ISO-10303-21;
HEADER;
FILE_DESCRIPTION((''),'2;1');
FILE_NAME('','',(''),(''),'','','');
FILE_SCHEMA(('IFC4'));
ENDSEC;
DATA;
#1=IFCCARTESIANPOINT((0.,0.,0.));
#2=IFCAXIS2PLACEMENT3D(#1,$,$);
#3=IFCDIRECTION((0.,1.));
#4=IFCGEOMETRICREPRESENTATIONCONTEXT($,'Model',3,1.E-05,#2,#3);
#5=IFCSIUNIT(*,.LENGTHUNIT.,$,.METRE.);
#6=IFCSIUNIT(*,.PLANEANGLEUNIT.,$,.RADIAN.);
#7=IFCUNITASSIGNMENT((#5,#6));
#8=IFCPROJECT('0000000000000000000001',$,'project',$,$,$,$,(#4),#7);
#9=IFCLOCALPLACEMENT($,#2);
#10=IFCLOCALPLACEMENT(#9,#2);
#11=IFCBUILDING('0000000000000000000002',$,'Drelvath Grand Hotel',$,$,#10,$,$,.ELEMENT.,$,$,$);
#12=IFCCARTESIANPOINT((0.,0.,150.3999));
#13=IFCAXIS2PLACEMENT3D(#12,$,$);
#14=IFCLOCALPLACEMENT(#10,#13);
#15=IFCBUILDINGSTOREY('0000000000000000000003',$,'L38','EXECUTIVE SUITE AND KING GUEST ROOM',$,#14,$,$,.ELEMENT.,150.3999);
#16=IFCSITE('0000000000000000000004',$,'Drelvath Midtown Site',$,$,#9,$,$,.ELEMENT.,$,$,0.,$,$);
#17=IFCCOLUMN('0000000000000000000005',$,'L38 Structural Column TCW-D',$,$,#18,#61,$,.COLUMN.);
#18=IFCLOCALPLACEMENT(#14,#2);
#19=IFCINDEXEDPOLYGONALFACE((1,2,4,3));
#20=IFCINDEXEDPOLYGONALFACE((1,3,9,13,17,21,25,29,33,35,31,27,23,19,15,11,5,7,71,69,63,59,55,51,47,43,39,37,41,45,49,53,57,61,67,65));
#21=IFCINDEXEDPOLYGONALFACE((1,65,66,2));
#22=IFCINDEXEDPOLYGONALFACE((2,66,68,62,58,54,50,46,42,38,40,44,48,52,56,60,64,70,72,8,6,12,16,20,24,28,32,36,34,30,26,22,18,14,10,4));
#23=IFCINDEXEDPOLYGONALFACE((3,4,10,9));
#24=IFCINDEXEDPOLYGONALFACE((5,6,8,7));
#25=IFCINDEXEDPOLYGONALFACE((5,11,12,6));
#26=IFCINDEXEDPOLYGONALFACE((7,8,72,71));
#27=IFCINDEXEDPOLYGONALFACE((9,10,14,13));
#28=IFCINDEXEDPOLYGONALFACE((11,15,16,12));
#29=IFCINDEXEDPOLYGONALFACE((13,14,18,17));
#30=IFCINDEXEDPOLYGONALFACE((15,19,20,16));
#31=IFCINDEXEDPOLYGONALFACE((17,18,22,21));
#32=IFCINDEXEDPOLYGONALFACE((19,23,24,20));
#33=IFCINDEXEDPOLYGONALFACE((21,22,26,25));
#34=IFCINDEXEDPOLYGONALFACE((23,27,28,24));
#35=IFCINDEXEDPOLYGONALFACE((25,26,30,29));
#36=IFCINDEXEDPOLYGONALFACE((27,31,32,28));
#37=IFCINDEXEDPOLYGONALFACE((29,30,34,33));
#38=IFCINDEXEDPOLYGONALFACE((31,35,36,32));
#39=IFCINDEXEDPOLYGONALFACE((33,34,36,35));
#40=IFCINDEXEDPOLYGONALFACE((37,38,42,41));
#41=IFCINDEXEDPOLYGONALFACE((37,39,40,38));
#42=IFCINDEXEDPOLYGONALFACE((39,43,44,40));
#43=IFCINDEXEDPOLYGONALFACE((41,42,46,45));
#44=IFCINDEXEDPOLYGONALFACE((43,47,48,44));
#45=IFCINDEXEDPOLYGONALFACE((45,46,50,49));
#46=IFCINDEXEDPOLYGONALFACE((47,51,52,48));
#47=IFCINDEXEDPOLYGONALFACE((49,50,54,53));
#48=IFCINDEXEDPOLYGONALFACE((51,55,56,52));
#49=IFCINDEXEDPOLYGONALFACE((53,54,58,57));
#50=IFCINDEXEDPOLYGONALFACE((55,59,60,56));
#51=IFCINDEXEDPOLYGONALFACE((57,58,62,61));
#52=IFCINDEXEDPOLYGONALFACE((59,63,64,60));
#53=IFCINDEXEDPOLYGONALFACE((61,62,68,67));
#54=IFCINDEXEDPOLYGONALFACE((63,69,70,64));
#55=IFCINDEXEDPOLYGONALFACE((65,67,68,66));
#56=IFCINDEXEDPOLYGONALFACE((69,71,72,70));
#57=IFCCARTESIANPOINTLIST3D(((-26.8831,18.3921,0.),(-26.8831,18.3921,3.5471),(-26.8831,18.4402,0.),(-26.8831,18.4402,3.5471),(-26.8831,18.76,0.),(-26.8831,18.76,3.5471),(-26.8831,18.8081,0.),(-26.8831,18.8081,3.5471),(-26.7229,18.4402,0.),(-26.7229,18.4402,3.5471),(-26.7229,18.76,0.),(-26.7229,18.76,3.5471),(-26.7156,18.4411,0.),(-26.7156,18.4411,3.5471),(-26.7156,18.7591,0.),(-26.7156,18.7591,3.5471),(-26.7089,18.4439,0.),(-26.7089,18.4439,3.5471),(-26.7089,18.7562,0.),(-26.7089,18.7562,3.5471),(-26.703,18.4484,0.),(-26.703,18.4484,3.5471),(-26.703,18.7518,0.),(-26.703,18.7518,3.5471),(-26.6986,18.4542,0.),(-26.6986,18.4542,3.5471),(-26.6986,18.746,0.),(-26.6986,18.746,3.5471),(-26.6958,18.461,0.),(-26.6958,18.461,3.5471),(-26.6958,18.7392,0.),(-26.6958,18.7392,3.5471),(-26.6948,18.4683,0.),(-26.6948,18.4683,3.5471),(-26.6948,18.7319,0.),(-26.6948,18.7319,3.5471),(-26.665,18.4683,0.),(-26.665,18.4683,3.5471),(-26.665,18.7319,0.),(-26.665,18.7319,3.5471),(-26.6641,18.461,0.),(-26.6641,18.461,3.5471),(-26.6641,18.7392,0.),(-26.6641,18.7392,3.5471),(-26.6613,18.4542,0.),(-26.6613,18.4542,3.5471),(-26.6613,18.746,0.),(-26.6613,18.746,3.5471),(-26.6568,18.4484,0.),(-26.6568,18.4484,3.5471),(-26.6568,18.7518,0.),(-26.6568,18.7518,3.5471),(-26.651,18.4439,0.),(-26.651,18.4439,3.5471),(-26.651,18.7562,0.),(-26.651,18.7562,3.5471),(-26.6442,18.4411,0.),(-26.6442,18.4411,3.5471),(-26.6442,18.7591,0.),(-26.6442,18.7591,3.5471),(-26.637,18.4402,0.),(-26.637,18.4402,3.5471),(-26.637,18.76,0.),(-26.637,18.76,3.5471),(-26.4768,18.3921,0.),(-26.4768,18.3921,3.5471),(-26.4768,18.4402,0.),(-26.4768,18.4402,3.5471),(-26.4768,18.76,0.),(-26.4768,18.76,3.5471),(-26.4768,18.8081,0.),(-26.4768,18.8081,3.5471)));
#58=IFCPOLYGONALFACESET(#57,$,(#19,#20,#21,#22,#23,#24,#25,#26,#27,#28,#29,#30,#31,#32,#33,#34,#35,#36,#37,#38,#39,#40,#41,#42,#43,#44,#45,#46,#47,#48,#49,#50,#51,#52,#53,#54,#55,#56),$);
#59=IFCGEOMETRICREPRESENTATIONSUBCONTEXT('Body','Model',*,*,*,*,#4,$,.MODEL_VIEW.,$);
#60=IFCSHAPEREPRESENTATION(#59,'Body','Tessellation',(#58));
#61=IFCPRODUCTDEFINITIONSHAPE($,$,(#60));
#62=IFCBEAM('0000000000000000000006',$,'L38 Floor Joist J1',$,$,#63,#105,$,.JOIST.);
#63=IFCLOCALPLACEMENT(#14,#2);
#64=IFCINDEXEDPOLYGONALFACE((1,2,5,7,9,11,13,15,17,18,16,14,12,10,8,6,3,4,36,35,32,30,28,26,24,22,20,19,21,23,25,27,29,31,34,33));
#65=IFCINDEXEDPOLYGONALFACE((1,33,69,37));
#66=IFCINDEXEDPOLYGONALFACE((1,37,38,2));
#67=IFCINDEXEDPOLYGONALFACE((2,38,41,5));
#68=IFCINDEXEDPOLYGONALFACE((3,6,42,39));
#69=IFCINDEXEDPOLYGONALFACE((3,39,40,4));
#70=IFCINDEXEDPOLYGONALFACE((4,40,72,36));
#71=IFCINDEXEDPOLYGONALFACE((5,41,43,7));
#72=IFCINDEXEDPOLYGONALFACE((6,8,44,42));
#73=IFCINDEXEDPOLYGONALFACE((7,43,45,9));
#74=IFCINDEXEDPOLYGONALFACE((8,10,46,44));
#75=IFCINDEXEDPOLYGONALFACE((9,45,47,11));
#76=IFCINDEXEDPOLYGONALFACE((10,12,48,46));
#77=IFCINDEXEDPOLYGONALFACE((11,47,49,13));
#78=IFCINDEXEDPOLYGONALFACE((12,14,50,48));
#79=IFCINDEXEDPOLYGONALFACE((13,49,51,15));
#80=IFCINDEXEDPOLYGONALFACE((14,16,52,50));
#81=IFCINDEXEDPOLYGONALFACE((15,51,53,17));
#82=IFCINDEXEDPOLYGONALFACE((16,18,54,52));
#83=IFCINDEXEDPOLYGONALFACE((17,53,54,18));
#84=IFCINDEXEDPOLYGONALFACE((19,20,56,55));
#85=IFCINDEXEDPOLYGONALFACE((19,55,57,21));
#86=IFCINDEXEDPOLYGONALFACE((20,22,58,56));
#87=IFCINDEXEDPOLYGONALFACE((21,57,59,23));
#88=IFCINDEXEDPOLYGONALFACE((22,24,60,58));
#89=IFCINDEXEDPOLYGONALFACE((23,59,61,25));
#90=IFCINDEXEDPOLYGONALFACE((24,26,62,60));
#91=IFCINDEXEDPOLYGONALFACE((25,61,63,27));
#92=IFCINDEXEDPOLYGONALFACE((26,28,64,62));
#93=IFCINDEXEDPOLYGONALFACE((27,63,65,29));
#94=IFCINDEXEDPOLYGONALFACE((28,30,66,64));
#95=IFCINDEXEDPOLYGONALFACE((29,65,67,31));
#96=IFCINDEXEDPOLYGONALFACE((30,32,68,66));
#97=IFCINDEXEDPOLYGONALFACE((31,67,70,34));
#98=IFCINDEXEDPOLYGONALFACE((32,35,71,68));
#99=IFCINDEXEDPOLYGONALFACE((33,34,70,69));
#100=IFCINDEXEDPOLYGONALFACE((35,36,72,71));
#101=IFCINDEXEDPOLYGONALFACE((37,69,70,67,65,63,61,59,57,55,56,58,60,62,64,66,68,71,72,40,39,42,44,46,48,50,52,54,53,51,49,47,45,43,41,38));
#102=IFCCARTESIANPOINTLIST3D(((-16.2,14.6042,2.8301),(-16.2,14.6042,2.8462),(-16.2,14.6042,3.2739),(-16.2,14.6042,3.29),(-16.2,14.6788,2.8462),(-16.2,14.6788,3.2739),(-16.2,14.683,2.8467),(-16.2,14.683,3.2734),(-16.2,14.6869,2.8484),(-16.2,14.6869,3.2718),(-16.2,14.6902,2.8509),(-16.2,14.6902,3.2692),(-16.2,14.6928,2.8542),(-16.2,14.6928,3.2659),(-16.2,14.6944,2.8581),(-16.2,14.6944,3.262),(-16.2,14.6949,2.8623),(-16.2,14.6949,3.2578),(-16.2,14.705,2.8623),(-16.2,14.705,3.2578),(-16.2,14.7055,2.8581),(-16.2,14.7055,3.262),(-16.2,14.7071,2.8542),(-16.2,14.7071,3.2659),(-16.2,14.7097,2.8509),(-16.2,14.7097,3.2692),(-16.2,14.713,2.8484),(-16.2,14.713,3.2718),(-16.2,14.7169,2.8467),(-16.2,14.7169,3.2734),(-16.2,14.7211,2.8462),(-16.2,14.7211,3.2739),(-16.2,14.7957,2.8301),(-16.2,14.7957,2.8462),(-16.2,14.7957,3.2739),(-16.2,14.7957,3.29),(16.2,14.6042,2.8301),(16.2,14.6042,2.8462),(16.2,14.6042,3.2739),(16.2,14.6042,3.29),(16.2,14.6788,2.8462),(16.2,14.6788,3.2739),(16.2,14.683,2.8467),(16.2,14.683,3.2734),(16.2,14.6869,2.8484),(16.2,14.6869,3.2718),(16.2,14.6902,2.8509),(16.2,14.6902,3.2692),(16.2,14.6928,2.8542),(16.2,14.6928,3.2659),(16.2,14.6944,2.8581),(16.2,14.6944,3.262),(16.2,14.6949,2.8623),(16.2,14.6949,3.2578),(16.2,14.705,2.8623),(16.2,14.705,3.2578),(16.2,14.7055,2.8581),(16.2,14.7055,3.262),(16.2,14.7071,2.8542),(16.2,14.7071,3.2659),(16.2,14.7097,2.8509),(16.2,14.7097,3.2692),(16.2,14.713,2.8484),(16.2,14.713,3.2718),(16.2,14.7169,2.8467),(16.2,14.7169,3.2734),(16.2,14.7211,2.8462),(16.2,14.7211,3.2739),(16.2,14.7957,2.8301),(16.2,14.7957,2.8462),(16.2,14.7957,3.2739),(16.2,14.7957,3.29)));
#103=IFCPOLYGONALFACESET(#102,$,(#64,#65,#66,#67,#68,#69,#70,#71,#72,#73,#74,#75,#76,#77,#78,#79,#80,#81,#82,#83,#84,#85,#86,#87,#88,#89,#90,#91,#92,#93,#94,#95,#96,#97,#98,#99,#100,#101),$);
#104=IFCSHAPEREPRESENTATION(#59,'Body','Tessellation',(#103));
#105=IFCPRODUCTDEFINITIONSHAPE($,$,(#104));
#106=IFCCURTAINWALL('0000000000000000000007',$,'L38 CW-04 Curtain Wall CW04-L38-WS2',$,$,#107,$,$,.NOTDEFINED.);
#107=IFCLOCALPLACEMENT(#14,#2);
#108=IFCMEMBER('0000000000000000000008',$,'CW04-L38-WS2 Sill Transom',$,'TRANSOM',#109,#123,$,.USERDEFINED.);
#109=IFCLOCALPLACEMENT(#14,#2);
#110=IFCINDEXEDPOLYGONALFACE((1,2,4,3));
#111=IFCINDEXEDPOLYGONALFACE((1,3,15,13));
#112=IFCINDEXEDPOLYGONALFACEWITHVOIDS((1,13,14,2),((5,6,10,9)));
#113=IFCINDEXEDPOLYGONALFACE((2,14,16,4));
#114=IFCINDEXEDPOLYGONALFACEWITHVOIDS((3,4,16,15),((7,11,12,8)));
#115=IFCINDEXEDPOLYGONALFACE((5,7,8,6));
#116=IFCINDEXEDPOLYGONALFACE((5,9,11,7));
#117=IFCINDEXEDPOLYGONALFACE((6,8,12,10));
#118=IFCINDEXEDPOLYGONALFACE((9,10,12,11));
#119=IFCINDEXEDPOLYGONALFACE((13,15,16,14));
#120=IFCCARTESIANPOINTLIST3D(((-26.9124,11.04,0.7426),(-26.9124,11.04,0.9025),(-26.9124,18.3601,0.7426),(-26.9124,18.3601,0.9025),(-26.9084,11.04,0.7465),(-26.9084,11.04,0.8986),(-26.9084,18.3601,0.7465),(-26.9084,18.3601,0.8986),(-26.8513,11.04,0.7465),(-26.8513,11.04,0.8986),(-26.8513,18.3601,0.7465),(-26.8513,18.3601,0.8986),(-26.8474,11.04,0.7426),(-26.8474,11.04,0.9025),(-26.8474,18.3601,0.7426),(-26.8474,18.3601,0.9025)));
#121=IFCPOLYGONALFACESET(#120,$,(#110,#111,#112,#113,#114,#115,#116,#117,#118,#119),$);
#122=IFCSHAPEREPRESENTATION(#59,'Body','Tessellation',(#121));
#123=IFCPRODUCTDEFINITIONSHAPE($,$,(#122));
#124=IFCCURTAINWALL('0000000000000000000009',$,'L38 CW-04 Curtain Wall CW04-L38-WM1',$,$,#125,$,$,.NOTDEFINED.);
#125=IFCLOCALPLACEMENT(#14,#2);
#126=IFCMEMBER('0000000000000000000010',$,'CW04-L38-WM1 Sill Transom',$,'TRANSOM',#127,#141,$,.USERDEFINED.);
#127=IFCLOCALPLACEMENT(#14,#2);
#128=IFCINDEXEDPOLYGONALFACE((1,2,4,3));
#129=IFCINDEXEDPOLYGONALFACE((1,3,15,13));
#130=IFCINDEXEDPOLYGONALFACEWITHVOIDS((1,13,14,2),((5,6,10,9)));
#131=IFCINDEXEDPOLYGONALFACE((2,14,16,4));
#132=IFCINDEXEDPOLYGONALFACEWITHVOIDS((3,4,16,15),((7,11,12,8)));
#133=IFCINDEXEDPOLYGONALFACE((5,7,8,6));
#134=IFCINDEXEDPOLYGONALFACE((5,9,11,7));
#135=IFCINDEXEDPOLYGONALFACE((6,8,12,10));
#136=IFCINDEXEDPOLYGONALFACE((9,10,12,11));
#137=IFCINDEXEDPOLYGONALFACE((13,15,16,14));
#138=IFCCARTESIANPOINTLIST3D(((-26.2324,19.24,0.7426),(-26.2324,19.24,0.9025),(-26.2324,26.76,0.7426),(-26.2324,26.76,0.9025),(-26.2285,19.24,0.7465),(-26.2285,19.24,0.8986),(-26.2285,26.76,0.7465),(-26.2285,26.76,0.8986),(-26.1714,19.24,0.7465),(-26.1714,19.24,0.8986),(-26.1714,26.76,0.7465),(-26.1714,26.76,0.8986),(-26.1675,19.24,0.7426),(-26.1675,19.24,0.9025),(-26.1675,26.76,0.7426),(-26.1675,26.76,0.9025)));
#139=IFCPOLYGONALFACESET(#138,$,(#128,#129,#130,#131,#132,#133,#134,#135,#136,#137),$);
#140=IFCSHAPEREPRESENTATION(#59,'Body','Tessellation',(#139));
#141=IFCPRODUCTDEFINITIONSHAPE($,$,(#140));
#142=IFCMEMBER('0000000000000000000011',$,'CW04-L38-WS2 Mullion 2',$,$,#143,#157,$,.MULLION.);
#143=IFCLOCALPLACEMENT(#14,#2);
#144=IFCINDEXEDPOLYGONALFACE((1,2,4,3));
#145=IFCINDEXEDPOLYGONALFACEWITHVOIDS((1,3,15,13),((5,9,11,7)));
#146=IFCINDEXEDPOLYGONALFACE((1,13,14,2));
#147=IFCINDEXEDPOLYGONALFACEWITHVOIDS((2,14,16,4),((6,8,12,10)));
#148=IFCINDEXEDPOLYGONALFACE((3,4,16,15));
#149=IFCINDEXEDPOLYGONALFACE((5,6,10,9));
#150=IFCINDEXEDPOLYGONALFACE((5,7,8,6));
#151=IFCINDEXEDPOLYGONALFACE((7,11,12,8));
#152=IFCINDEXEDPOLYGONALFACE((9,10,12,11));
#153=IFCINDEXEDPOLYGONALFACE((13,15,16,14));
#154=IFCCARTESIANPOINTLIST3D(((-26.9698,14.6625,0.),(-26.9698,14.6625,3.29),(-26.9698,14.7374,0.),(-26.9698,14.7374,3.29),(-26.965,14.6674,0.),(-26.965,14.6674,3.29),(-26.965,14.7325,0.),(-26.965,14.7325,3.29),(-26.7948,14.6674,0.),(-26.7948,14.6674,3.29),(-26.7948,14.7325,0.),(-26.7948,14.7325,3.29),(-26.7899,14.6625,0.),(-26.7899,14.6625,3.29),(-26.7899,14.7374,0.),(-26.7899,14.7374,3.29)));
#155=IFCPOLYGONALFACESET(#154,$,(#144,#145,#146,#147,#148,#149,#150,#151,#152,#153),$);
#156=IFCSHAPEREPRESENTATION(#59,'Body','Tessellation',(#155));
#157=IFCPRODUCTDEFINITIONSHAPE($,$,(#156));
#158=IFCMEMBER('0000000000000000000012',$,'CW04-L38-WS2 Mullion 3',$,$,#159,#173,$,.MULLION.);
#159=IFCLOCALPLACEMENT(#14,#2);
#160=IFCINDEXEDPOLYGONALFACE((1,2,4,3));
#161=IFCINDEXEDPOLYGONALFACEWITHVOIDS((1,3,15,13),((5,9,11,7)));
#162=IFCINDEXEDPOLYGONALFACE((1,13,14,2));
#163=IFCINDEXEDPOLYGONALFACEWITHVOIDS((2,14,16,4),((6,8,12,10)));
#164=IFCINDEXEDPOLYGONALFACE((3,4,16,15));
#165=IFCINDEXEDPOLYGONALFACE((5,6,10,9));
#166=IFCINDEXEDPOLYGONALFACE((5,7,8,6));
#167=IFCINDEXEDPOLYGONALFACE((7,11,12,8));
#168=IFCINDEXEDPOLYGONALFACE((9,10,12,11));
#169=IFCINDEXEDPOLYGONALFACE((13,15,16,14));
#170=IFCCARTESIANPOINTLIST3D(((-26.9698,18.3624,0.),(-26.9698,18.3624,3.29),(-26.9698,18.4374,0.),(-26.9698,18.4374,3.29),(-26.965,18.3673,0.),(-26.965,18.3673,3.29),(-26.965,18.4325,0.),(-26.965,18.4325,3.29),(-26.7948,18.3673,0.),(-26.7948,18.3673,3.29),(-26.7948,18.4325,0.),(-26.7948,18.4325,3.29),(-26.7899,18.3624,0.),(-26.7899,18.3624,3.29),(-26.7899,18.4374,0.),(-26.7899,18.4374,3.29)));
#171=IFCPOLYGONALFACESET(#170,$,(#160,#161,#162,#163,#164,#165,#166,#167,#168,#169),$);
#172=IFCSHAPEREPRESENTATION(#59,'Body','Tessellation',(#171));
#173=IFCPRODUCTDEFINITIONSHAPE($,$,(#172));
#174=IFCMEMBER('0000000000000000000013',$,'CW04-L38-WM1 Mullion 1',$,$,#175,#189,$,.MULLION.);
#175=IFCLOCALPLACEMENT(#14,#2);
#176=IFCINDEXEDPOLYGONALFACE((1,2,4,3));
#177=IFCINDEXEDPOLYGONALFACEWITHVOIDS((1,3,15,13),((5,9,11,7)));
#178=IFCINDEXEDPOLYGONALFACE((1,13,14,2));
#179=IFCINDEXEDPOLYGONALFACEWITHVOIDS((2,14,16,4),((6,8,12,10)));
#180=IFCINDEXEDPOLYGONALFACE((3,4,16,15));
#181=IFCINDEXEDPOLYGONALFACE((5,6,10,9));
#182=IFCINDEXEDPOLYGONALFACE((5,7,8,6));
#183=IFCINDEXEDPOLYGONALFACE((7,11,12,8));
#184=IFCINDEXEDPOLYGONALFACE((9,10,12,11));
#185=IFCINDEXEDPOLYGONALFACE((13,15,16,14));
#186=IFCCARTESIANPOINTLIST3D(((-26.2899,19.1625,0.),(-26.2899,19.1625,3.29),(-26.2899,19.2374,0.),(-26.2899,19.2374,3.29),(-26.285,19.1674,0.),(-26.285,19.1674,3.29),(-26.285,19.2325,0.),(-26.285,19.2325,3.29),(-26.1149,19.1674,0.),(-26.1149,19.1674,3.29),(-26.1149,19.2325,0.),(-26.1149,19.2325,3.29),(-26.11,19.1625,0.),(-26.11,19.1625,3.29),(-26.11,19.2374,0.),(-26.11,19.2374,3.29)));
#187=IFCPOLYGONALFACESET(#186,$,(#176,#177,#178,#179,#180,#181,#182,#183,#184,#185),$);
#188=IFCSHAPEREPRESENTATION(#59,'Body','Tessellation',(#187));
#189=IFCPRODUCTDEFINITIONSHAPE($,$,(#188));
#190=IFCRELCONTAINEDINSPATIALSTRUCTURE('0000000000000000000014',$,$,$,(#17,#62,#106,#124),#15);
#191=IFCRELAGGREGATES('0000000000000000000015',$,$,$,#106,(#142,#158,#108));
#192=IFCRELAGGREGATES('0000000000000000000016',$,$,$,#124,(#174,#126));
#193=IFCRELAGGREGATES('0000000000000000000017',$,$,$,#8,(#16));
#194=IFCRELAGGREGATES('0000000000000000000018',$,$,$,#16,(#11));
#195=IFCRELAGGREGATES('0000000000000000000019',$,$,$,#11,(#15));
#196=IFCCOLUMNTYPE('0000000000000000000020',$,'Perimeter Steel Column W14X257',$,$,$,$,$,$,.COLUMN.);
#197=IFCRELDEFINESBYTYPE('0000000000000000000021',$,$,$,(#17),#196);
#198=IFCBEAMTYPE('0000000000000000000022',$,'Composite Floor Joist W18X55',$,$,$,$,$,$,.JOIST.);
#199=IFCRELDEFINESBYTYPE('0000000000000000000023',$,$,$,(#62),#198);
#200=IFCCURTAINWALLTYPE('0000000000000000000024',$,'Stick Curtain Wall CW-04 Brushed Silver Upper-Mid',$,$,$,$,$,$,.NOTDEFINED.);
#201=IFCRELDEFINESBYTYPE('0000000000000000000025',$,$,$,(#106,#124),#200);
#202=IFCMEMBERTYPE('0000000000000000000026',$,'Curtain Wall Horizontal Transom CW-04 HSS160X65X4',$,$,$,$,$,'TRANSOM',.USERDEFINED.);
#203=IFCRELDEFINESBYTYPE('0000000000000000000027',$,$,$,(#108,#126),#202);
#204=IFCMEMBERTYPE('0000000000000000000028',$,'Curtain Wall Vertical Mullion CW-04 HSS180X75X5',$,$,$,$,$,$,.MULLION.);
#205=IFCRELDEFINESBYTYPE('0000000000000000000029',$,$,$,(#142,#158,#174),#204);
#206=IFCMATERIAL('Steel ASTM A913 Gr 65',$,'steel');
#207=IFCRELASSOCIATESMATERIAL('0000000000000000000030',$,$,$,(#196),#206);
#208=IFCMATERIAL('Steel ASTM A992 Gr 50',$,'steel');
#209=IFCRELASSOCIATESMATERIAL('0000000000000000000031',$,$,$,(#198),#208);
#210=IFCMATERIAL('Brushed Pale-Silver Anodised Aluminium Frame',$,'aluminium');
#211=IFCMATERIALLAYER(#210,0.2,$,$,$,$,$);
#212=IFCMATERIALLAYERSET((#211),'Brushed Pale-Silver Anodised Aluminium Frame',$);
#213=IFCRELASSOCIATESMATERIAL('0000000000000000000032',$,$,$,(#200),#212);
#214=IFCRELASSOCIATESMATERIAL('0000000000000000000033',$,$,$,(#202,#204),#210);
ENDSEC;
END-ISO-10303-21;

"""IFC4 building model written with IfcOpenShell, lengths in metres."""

from ifc_helpers import new_model, si_unit, direction, frame, origin, origin_2d, place, context, subcontext, project, spatial, hollow_rectangle, i_section, extrude, material, layer, layer_set, material_profile, profile_set, type_object, element, aggregate, save


model = new_model("IFC4")

# Units and contexts
model_context = context("Model", 3, precision=1e-05, world=origin(), true_north=direction((0.0, 1.0)))
body_context = subcontext(model_context, "Body", "Model", "MODEL_VIEW")
ifc_project = project(units=[si_unit("LENGTHUNIT", "METRE"), si_unit("PLANEANGLEUNIT", "RADIAN")], contexts=[model_context])

# Site, building, storey
site_placement = place(None, origin())
site = spatial("IfcSite", under=ifc_project, at=site_placement, Name="Drelvath Midtown Site", CompositionType="ELEMENT", RefElevation=0.0)
building_placement = place(site_placement, origin())
building = spatial("IfcBuilding", under=site, at=building_placement, Name="Drelvath Grand Hotel", CompositionType="ELEMENT")
storey_placement = place(building_placement, frame((0.0, 0.0, 150.3999)))
storey = spatial("IfcBuildingStorey", under=building, at=storey_placement, Name="L38", Description="EXECUTIVE SUITE AND KING GUEST ROOM", CompositionType="ELEMENT", Elevation=150.3999)

# Column
ifc_material_1 = material(Name="Steel ASTM A913 Gr 65", Category="steel")
ifc_material_profile_1 = material_profile(ifc_material_1, i_section(OverallWidth=0.4062, OverallDepth=0.416, WebThickness=0.0298, FlangeThickness=0.0481, FilletRadius=0.0281, at=origin_2d()), Name="W14X257")
ifc_profile_set_1 = profile_set([ifc_material_profile_1], Name="Steel ASTM A913 Gr 65")
column_type = type_object("IfcColumnType", Name="Perimeter Steel Column W14X257", PredefinedType="COLUMN", material=ifc_profile_set_1)
column_placement = place(storey_placement, frame((-26.6799, 18.6001, 0.0), z_axis=(0.0, 0.0, 1.0), x_axis=(1.0, 0.0, 0.0)))
element("IfcColumn", 1, at=column_placement, inside=storey, type_object=column_type, Name="L38 Structural Column TCW-D", PredefinedType="COLUMN", context=body_context, shape_type="SweptSolid", body=[
    extrude(i_section(OverallWidth=0.4062, OverallDepth=0.416, WebThickness=0.0298, FlangeThickness=0.0481, FilletRadius=0.0281, at=origin_2d()), origin(), (0.0, 0.0, 1.0), 3.5471),
])

# Beam
ifc_material_2 = material(Name="Steel ASTM A992 Gr 50", Category="steel")
ifc_material_profile_2 = material_profile(ifc_material_2, i_section(OverallWidth=0.1914, OverallDepth=0.46, WebThickness=0.01, FlangeThickness=0.0161, FilletRadius=0.0161, at=origin_2d()), Name="W18X55")
ifc_profile_set_2 = profile_set([ifc_material_profile_2], Name="Steel ASTM A992 Gr 50")
beam_type_1 = type_object("IfcBeamType", Name="Composite Floor Joist W18X55", PredefinedType="JOIST", material=ifc_profile_set_2)
beam_1_placement = place(storey_placement, frame((-16.2, 14.7, 3.0601), z_axis=(1.0, 0.0, 0.0), x_axis=(0.0, 1.0, 0.0)))
element("IfcBeam", 2, at=beam_1_placement, inside=storey, type_object=beam_type_1, Name="L38 Floor Joist J1", PredefinedType="JOIST", context=body_context, shape_type="SweptSolid", body=[
    extrude(i_section(OverallWidth=0.1914, OverallDepth=0.46, WebThickness=0.01, FlangeThickness=0.0161, FilletRadius=0.0161, at=origin_2d()), origin(), (0.0, 0.0, 1.0), 32.3999),
])

# Curtain walls, members
ifc_material_3 = material(Name="Brushed Pale-Silver Anodised Aluminium Frame", Category="aluminium")
ifc_layer_1 = layer(ifc_material_3, 0.2)
ifc_layer_set_1 = layer_set([ifc_layer_1], Name="Brushed Pale-Silver Anodised Aluminium Frame")
curtain_wall_type = type_object("IfcCurtainWallType", Name="Stick Curtain Wall CW-04 Brushed Silver Upper-Mid", PredefinedType="NOTDEFINED", material=ifc_layer_set_1)
curtain_wall_1_placement = place(storey_placement, origin())
curtain_wall_1 = element("IfcCurtainWall", 3, at=curtain_wall_1_placement, inside=storey, type_object=curtain_wall_type, Name="L38 CW-04 Curtain Wall CW04-L38-WS2", PredefinedType="NOTDEFINED")
ifc_material_profile_3 = material_profile(ifc_material_3, hollow_rectangle(XDim=0.0649, YDim=0.1599, WallThickness=0.0039, at=origin_2d()), Name="HSS160X65X4")
ifc_profile_set_3 = profile_set([ifc_material_profile_3], Name="Brushed Pale-Silver Anodised Aluminium Frame")
member_type_1 = type_object("IfcMemberType", Name="Curtain Wall Horizontal Transom CW-04 HSS160X65X4", ElementType="TRANSOM", PredefinedType="USERDEFINED", material=ifc_profile_set_3)
member_1_placement = place(storey_placement, frame((-26.8799, 11.04, 0.8225), z_axis=(0.0, 1.0, 0.0), x_axis=(-1.0, 0.0, 0.0)))
member_1 = element("IfcMember", 4, at=member_1_placement, type_object=member_type_1, Name="CW04-L38-WS2 Sill Transom", ObjectType="TRANSOM", PredefinedType="USERDEFINED", context=body_context, shape_type="SweptSolid", body=[
    extrude(hollow_rectangle(XDim=0.0649, YDim=0.1599, WallThickness=0.0039, at=origin_2d()), origin(), (0.0, 0.0, 1.0), 7.3201),
])
curtain_wall_2_placement = place(storey_placement, origin())
curtain_wall_2 = element("IfcCurtainWall", 5, at=curtain_wall_2_placement, inside=storey, type_object=curtain_wall_type, Name="L38 CW-04 Curtain Wall CW04-L38-WM1", PredefinedType="NOTDEFINED")
member_2_placement = place(storey_placement, frame((-26.2, 19.24, 0.8225), z_axis=(0.0, 1.0, 0.0), x_axis=(-1.0, 0.0, 0.0)))
member_2 = element("IfcMember", 6, at=member_2_placement, type_object=member_type_1, Name="CW04-L38-WM1 Sill Transom", ObjectType="TRANSOM", PredefinedType="USERDEFINED", context=body_context, shape_type="SweptSolid", body=[
    extrude(hollow_rectangle(XDim=0.0649, YDim=0.1599, WallThickness=0.0039, at=origin_2d()), origin(), (0.0, 0.0, 1.0), 7.52),
])

# Members
ifc_material_profile_4 = material_profile(ifc_material_3, hollow_rectangle(XDim=0.075, YDim=0.1799, WallThickness=0.0049, at=origin_2d()), Name="HSS180X75X5")
ifc_profile_set_4 = profile_set([ifc_material_profile_4], Name="Brushed Pale-Silver Anodised Aluminium Frame")
member_type_2 = type_object("IfcMemberType", Name="Curtain Wall Vertical Mullion CW-04 HSS180X75X5", PredefinedType="MULLION", material=ifc_profile_set_4)
member_3_placement = place(storey_placement, frame((-26.8799, 14.7, 0.0), z_axis=(0.0, 0.0, 1.0), x_axis=(0.0, 1.0, 0.0)))
member_3 = element("IfcMember", 7, at=member_3_placement, type_object=member_type_2, Name="CW04-L38-WS2 Mullion 2", PredefinedType="MULLION", context=body_context, shape_type="SweptSolid", body=[
    extrude(hollow_rectangle(XDim=0.075, YDim=0.1799, WallThickness=0.0049, at=origin_2d()), origin(), (0.0, 0.0, 1.0), 3.29),
])
member_4_placement = place(storey_placement, frame((-26.8799, 18.3999, 0.0), z_axis=(0.0, 0.0, 1.0), x_axis=(0.0, 1.0, 0.0)))
member_4 = element("IfcMember", 8, at=member_4_placement, type_object=member_type_2, Name="CW04-L38-WS2 Mullion 3", PredefinedType="MULLION", context=body_context, shape_type="SweptSolid", body=[
    extrude(hollow_rectangle(XDim=0.075, YDim=0.1799, WallThickness=0.0049, at=origin_2d()), origin(), (0.0, 0.0, 1.0), 3.29),
])
member_5_placement = place(storey_placement, frame((-26.2, 19.2, 0.0), z_axis=(0.0, 0.0, 1.0), x_axis=(0.0, 1.0, 0.0)))
member_5 = element("IfcMember", 9, at=member_5_placement, type_object=member_type_2, Name="CW04-L38-WM1 Mullion 1", PredefinedType="MULLION", context=body_context, shape_type="SweptSolid", body=[
    extrude(hollow_rectangle(XDim=0.075, YDim=0.1799, WallThickness=0.0049, at=origin_2d()), origin(), (0.0, 0.0, 1.0), 3.29),
])

aggregate(curtain_wall_1, [member_3, member_4, member_1])
aggregate(curtain_wall_2, [member_5, member_2])

save(model, "model.ifc")
